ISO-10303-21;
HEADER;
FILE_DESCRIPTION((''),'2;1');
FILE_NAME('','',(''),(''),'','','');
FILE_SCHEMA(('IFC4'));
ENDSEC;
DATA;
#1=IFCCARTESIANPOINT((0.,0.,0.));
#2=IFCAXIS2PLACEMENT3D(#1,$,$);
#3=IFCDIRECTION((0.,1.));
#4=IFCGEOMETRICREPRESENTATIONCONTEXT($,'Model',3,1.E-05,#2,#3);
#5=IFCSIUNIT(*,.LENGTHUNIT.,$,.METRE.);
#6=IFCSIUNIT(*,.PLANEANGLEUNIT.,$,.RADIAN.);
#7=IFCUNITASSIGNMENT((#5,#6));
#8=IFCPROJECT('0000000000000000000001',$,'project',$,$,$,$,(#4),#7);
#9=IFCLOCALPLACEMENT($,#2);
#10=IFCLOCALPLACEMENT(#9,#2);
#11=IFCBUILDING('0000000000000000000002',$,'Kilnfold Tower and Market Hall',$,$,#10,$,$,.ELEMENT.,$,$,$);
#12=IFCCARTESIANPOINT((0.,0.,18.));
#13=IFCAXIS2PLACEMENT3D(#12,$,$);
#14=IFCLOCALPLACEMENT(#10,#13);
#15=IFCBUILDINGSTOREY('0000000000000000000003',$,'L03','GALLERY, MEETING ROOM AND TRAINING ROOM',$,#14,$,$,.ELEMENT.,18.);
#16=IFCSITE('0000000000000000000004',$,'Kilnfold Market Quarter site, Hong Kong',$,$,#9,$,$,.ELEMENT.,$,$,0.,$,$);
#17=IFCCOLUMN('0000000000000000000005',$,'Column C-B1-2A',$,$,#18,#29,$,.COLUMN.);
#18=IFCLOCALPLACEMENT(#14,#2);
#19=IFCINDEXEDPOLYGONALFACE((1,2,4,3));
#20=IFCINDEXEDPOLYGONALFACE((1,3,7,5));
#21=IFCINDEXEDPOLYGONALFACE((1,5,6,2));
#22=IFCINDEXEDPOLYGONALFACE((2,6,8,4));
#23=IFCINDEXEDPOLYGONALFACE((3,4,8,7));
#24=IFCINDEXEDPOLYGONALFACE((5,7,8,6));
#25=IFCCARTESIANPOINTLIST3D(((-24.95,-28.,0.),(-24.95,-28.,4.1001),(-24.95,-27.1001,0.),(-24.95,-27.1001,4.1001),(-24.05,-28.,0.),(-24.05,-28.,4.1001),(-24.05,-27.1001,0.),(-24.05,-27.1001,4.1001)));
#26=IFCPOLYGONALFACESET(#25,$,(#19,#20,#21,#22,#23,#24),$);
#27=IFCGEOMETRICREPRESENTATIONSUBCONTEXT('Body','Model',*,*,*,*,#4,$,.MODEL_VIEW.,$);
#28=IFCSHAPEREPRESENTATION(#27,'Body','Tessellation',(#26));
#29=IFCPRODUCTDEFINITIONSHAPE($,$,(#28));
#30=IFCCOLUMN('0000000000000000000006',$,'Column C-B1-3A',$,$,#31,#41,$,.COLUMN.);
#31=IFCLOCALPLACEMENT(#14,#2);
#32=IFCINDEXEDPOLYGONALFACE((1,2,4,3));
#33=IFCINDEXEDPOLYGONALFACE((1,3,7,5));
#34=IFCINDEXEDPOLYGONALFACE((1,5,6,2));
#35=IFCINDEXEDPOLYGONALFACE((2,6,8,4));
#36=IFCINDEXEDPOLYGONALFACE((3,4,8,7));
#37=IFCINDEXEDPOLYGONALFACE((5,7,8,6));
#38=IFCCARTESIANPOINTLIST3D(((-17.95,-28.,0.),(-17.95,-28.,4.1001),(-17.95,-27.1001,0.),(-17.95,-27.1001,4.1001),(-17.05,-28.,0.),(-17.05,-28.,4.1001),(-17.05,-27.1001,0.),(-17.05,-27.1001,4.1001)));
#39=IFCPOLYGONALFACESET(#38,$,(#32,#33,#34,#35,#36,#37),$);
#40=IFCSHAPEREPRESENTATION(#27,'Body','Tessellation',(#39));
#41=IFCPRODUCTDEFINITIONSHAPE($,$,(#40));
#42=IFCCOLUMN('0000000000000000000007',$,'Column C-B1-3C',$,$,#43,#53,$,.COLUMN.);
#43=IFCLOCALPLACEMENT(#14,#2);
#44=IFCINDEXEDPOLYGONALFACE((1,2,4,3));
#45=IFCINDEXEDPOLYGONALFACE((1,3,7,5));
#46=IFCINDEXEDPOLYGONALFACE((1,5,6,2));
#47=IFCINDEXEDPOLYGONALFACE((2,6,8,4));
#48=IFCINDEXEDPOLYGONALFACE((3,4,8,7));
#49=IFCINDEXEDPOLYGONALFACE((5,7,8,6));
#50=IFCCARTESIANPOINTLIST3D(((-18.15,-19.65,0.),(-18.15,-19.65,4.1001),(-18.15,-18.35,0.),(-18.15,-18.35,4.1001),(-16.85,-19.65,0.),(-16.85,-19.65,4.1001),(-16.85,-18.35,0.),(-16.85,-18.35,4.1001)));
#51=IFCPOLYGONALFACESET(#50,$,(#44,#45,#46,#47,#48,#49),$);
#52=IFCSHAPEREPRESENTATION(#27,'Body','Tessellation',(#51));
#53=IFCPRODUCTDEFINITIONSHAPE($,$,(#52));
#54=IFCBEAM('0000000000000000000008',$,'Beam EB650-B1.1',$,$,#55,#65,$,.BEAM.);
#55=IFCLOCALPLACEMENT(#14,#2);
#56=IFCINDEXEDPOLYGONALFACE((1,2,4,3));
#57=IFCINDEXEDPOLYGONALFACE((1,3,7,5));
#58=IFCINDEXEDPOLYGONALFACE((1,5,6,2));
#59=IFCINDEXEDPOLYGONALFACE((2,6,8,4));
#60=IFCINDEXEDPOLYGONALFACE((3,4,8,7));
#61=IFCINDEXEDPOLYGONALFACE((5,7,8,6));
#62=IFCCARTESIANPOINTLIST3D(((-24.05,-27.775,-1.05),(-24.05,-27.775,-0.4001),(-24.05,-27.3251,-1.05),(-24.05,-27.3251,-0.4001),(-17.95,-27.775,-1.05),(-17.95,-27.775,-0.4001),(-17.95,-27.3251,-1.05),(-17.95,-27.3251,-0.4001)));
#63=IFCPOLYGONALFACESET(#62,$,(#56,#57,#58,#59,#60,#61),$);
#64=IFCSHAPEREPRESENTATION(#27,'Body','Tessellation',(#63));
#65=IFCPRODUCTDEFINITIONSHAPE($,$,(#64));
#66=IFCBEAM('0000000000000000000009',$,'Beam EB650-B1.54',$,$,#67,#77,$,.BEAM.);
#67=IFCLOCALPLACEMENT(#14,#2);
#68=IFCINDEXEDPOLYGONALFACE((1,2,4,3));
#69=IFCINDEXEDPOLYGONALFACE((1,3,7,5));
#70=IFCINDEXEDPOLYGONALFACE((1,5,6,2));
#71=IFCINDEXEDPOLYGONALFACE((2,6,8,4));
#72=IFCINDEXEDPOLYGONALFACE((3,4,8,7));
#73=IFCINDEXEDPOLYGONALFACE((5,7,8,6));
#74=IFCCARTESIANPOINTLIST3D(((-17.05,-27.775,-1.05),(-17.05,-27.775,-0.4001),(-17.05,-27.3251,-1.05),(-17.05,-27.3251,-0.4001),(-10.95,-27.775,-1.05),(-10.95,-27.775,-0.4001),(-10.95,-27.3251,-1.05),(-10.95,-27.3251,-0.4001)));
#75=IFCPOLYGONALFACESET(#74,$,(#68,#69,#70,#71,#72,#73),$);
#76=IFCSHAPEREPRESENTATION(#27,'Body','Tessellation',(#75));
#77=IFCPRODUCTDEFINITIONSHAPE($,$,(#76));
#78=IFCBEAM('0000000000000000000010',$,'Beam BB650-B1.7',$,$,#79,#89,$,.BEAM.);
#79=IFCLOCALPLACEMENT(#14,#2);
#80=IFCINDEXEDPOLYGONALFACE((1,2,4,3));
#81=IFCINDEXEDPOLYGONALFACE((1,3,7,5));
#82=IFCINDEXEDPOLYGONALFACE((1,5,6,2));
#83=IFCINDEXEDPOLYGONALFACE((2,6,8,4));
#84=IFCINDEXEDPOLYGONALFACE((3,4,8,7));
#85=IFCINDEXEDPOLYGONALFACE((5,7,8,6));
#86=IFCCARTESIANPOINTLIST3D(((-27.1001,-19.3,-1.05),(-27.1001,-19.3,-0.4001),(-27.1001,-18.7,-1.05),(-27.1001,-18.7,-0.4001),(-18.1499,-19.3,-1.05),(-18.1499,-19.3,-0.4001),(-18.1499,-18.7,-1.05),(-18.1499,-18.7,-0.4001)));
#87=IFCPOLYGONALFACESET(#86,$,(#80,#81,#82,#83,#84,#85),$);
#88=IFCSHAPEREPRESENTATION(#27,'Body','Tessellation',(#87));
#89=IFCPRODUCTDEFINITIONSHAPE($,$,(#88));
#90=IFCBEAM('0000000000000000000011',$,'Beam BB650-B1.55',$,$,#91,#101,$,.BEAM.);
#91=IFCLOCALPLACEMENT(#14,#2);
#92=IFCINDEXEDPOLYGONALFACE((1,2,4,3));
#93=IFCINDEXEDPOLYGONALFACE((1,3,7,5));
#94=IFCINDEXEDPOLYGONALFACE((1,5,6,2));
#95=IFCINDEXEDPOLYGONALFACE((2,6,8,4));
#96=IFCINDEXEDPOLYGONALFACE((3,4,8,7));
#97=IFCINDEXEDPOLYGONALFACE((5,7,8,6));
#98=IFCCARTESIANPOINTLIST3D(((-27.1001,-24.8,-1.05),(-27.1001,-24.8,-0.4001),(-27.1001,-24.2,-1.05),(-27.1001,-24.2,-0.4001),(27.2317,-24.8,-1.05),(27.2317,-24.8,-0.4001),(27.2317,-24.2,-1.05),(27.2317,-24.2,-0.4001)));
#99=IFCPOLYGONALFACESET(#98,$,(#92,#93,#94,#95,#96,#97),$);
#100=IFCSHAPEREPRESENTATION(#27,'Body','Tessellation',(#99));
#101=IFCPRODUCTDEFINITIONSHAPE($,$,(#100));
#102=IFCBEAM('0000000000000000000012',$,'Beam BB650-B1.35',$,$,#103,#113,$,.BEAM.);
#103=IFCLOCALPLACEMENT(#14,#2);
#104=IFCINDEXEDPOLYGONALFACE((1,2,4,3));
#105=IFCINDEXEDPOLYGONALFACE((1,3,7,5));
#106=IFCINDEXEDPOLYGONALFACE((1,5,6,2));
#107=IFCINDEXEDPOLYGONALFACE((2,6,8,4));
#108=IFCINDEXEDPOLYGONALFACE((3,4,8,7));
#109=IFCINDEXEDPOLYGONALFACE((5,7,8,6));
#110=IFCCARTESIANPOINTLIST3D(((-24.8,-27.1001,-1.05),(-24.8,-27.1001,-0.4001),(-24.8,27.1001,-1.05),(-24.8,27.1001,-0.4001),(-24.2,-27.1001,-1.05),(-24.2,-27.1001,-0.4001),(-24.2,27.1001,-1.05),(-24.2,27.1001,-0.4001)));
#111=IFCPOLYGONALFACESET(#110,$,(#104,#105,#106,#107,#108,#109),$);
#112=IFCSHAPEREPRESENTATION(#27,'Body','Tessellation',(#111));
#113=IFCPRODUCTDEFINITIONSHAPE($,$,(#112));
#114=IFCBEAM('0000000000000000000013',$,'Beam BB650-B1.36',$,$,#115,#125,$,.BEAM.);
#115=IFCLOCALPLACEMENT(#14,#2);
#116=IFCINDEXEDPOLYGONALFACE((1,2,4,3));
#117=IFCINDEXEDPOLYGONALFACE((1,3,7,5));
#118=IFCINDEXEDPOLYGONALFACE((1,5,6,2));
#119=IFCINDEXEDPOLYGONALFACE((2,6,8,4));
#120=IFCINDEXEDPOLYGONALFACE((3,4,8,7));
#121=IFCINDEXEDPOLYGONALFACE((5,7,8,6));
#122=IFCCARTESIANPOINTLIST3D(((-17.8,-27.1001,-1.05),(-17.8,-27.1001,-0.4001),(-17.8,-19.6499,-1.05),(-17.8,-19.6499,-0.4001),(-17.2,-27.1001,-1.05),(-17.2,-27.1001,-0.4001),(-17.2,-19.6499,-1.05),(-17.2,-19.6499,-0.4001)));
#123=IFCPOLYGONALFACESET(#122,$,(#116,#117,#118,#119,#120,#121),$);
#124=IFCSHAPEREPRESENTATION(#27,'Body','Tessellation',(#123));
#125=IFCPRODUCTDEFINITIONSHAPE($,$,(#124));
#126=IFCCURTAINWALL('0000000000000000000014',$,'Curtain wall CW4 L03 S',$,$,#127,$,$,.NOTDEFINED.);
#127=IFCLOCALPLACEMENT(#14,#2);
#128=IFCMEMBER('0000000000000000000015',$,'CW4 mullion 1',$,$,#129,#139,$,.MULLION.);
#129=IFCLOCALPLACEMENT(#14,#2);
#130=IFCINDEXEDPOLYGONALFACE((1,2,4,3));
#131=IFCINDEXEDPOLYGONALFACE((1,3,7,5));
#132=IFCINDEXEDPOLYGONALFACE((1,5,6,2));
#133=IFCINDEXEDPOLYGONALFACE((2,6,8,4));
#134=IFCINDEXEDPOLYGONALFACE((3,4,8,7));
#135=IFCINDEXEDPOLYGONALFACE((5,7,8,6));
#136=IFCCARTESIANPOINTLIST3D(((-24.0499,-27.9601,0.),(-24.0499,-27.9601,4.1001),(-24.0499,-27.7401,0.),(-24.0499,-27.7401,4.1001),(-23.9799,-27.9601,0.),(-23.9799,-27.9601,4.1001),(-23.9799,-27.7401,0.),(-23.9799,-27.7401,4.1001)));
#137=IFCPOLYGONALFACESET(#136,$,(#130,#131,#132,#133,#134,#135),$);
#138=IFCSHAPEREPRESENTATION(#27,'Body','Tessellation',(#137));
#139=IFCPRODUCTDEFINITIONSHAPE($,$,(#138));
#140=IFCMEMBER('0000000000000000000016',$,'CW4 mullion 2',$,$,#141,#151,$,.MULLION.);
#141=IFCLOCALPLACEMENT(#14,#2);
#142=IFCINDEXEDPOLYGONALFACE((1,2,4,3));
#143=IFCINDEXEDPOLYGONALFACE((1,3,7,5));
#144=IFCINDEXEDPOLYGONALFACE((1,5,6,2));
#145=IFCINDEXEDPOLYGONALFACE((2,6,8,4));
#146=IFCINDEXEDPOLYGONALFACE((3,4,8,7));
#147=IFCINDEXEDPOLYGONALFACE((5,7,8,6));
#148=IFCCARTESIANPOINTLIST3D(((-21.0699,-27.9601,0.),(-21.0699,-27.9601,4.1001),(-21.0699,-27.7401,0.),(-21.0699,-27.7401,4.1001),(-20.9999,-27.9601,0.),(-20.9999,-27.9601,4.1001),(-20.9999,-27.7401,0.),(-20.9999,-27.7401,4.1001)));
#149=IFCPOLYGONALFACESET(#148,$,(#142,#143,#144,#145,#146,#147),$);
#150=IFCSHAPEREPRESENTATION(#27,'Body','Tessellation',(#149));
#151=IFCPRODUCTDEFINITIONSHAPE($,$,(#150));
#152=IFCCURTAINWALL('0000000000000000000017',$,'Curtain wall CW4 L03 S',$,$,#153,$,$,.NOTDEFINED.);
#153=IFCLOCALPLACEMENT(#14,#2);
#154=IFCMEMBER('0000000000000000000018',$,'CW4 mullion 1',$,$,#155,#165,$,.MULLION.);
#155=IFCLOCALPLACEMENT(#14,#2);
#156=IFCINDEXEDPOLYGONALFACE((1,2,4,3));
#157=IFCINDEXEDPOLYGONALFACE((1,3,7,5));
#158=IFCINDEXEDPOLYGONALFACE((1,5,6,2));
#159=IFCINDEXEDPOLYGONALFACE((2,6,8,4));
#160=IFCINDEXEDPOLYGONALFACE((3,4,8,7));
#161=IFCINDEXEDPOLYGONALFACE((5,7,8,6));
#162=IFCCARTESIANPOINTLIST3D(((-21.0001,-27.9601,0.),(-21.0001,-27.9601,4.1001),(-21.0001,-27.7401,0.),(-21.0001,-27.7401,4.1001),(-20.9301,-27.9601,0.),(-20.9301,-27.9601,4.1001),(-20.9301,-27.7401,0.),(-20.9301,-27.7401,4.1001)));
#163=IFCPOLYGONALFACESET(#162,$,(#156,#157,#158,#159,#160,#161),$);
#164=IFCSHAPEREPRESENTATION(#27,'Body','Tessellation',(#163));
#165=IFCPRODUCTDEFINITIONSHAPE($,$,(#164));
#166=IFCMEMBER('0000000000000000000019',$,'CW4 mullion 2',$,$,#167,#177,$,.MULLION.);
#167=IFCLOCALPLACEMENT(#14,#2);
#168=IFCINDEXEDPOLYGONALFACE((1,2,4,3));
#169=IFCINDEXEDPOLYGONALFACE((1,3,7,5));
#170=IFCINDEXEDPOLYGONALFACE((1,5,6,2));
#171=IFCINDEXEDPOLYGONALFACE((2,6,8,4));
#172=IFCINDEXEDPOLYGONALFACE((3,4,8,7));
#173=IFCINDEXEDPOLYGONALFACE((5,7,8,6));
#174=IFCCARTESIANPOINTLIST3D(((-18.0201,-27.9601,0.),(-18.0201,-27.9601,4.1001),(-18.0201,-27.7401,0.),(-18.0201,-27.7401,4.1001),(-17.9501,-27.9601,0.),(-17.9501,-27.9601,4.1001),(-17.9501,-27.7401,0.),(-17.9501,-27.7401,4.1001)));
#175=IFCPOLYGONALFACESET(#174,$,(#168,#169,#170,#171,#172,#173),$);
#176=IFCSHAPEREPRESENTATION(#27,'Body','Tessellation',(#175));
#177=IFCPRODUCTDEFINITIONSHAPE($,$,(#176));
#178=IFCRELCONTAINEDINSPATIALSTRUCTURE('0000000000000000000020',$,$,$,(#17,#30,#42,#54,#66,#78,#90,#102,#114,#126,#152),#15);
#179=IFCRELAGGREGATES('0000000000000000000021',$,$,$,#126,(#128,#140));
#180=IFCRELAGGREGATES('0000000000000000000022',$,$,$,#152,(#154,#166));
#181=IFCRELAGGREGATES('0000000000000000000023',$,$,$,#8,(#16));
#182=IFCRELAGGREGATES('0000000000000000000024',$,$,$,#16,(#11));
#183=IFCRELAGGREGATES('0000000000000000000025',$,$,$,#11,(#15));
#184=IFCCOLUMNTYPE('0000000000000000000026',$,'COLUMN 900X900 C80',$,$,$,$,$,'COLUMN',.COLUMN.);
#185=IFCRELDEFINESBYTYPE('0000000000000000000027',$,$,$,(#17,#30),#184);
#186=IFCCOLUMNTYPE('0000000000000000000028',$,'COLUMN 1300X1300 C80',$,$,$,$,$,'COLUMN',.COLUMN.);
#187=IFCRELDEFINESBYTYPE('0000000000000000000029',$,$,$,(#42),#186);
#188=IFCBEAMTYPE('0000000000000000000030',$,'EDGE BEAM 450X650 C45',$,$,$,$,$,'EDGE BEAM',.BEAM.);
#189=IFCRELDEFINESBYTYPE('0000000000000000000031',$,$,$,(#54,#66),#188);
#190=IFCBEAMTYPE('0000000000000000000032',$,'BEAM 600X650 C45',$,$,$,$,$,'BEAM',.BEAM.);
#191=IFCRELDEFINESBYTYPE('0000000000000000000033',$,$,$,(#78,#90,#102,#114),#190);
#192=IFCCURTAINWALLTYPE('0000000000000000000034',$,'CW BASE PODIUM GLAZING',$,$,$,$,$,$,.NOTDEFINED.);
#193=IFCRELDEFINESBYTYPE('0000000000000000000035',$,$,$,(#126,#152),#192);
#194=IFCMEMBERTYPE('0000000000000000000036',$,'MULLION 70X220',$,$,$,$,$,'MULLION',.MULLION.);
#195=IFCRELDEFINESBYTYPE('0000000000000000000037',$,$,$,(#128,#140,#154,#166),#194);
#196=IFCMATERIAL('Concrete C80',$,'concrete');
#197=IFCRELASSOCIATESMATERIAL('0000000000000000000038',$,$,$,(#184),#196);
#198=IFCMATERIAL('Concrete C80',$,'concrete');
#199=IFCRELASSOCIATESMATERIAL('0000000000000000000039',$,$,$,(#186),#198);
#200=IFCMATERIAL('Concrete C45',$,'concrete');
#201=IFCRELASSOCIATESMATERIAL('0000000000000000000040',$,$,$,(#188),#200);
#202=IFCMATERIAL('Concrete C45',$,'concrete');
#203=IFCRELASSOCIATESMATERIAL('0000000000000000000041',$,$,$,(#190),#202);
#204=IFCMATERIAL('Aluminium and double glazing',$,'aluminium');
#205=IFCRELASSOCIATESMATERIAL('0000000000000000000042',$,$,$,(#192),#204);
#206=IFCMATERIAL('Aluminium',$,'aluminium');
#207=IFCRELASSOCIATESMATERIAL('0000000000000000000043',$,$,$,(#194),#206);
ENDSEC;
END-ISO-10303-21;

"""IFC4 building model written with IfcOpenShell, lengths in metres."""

from ifc_helpers import new_model, si_unit, direction, frame, origin, origin_2d, place, context, subcontext, project, spatial, rectangle, extrude, source, transform, mapped, material, material_profile, profile_set, type_object, element, aggregate, save


model = new_model("IFC4")

# Units and contexts
model_context = context("Model", 3, precision=1e-05, world=origin(), true_north=direction((0.0, 1.0)))
body_context = subcontext(model_context, "Body", "Model", "MODEL_VIEW")
ifc_project = project(units=[si_unit("LENGTHUNIT", "METRE"), si_unit("PLANEANGLEUNIT", "RADIAN")], contexts=[model_context])

# Site, building, storey
site_placement = place(None, origin())
site = spatial("IfcSite", under=ifc_project, at=site_placement, Name="Kilnfold Market Quarter site, Hong Kong", CompositionType="ELEMENT", RefElevation=0.0)
building_placement = place(site_placement, origin())
building = spatial("IfcBuilding", under=site, at=building_placement, Name="Kilnfold Tower and Market Hall", CompositionType="ELEMENT")
storey_placement = place(building_placement, frame((0.0, 0.0, 18.0)))
storey = spatial("IfcBuildingStorey", under=building, at=storey_placement, Name="L03", Description="GALLERY, MEETING ROOM AND TRAINING ROOM", CompositionType="ELEMENT", Elevation=18.0)

# Columns
ifc_material_1 = material(Name="Concrete C80", Category="concrete")
ifc_material_profile_1 = material_profile(ifc_material_1, rectangle(XDim=0.8999, YDim=0.8999, at=origin_2d()), Name="RC 900x900")
ifc_profile_set_1 = profile_set([ifc_material_profile_1], Name="Concrete C80")
column_type_1 = type_object("IfcColumnType", Name="COLUMN 900X900 C80", ElementType="COLUMN", PredefinedType="COLUMN", material=ifc_profile_set_1)
shared_shape_1 = source(origin(), body_context, "Body", "SweptSolid", [
    extrude(rectangle(XDim=0.8999, YDim=0.8999, at=origin_2d()), origin(), (0.0, 0.0, 1.0), 4.1001),
])
for number, where, z_axis, x_axis, name in (
    (1, (-24.5, -27.55, 0.0), (0.0, 0.0, 1.0), (1.0, 0.0, 0.0), "Column C-B1-2A"),
    (2, (-17.5, -27.55, 0.0), (0.0, 0.0, 1.0), (1.0, 0.0, 0.0), "Column C-B1-3A"),
):
    element("IfcColumn", number, at=place(storey_placement, frame(where, z_axis=z_axis, x_axis=x_axis)), inside=storey, type_object=column_type_1, Name=name, PredefinedType="COLUMN", context=body_context, shape_type="MappedRepresentation", body=[
        mapped(shared_shape_1, transform((0.0, 0.0, 0.0))),
    ])
ifc_material_2 = material(Name="Concrete C80", Category="concrete")
ifc_material_profile_2 = material_profile(ifc_material_2, rectangle(XDim=1.3, YDim=1.3, at=origin_2d()), Name="RC 1300x1300")
ifc_profile_set_2 = profile_set([ifc_material_profile_2], Name="Concrete C80")
column_type_2 = type_object("IfcColumnType", Name="COLUMN 1300X1300 C80", ElementType="COLUMN", PredefinedType="COLUMN", material=ifc_profile_set_2)
shared_shape_2 = source(origin(), body_context, "Body", "SweptSolid", [
    extrude(rectangle(XDim=1.3, YDim=1.3, at=origin_2d()), origin(), (0.0, 0.0, 1.0), 4.1001),
])
column_placement = place(storey_placement, frame((-17.5, -19.0, 0.0), z_axis=(0.0, 0.0, 1.0), x_axis=(1.0, 0.0, 0.0)))
element("IfcColumn", 3, at=column_placement, inside=storey, type_object=column_type_2, Name="Column C-B1-3C", PredefinedType="COLUMN", context=body_context, shape_type="MappedRepresentation", body=[
    mapped(shared_shape_2, transform((0.0, 0.0, 0.0))),
])

# Beams
ifc_material_3 = material(Name="Concrete C45", Category="concrete")
ifc_material_profile_3 = material_profile(ifc_material_3, rectangle(XDim=0.45, YDim=0.6499, at=origin_2d()), Name="RC 450x650")
ifc_profile_set_3 = profile_set([ifc_material_profile_3], Name="Concrete C45")
beam_type_1 = type_object("IfcBeamType", Name="EDGE BEAM 450X650 C45", ElementType="EDGE BEAM", PredefinedType="BEAM", material=ifc_profile_set_3)
shared_shape_3 = source(origin(), body_context, "Body", "SweptSolid", [
    extrude(rectangle(XDim=0.45, YDim=0.6499, at=origin_2d()), origin(), (0.0, 0.0, 1.0), 6.1001),
])
for number, where, z_axis, x_axis, name in (
    (4, (-24.05, -27.55, -0.7251), (1.0, 0.0, 0.0), (0.0, 1.0, 0.0), "Beam EB650-B1.1"),
    (5, (-17.05, -27.55, -0.7251), (1.0, 0.0, 0.0), (0.0, 1.0, 0.0), "Beam EB650-B1.54"),
):
    element("IfcBeam", number, at=place(storey_placement, frame(where, z_axis=z_axis, x_axis=x_axis)), inside=storey, type_object=beam_type_1, Name=name, PredefinedType="BEAM", context=body_context, shape_type="MappedRepresentation", body=[
        mapped(shared_shape_3, transform((0.0, 0.0, 0.0))),
    ])
ifc_material_4 = material(Name="Concrete C45", Category="concrete")
ifc_material_profile_4 = material_profile(ifc_material_4, rectangle(XDim=0.6001, YDim=0.6499, at=origin_2d()), Name="RC 600x650")
ifc_profile_set_4 = profile_set([ifc_material_profile_4], Name="Concrete C45")
beam_type_2 = type_object("IfcBeamType", Name="BEAM 600X650 C45", ElementType="BEAM", PredefinedType="BEAM", material=ifc_profile_set_4)
shared_shape_4 = source(origin(), body_context, "Body", "SweptSolid", [
    extrude(rectangle(XDim=0.6001, YDim=0.6499, at=origin_2d()), origin(), (0.0, 0.0, 1.0), 8.9502),
])
beam_1_placement = place(storey_placement, frame((-27.1001, -19.0, -0.7251), z_axis=(1.0, 0.0, 0.0), x_axis=(0.0, 1.0, 0.0)))
element("IfcBeam", 6, at=beam_1_placement, inside=storey, type_object=beam_type_2, Name="Beam BB650-B1.7", PredefinedType="BEAM", context=body_context, shape_type="MappedRepresentation", body=[
    mapped(shared_shape_4, transform((0.0, 0.0, 0.0))),
])
shared_shape_5 = source(origin(), body_context, "Body", "SweptSolid", [
    extrude(rectangle(XDim=0.6001, YDim=0.6499, at=origin_2d()), origin(), (0.0, 0.0, 1.0), 54.3318),
])
beam_2_placement = place(storey_placement, frame((-27.1001, -24.5, -0.7251), z_axis=(1.0, 0.0, 0.0), x_axis=(0.0, 1.0, 0.0)))
element("IfcBeam", 7, at=beam_2_placement, inside=storey, type_object=beam_type_2, Name="Beam BB650-B1.55", PredefinedType="BEAM", context=body_context, shape_type="MappedRepresentation", body=[
    mapped(shared_shape_5, transform((0.0, 0.0, 0.0))),
])
shared_shape_6 = source(origin(), body_context, "Body", "SweptSolid", [
    extrude(rectangle(XDim=0.6001, YDim=0.6499, at=origin_2d()), origin(), (0.0, 0.0, 1.0), 54.2002),
])
beam_3_placement = place(storey_placement, frame((-24.5, -27.1001, -0.7251), z_axis=(0.0, 1.0, 0.0), x_axis=(-1.0, 0.0, 0.0)))
element("IfcBeam", 8, at=beam_3_placement, inside=storey, type_object=beam_type_2, Name="Beam BB650-B1.35", PredefinedType="BEAM", context=body_context, shape_type="MappedRepresentation", body=[
    mapped(shared_shape_6, transform((0.0, 0.0, 0.0))),
])
shared_shape_7 = source(origin(), body_context, "Body", "SweptSolid", [
    extrude(rectangle(XDim=0.6001, YDim=0.6499, at=origin_2d()), origin(), (0.0, 0.0, 1.0), 7.4502),
])
beam_4_placement = place(storey_placement, frame((-17.5, -27.1001, -0.7251), z_axis=(0.0, 1.0, 0.0), x_axis=(-1.0, 0.0, 0.0)))
element("IfcBeam", 9, at=beam_4_placement, inside=storey, type_object=beam_type_2, Name="Beam BB650-B1.36", PredefinedType="BEAM", context=body_context, shape_type="MappedRepresentation", body=[
    mapped(shared_shape_7, transform((0.0, 0.0, 0.0))),
])

# Curtain walls, members
ifc_material_5 = material(Name="Aluminium and double glazing", Category="aluminium")
curtain_wall_type = type_object("IfcCurtainWallType", Name="CW BASE PODIUM GLAZING", PredefinedType="NOTDEFINED", material=ifc_material_5)
curtain_wall_1_placement = place(storey_placement, origin())
curtain_wall_1 = element("IfcCurtainWall", 10, at=curtain_wall_1_placement, inside=storey, type_object=curtain_wall_type, Name="Curtain wall CW4 L03 S", PredefinedType="NOTDEFINED")
ifc_material_6 = material(Name="Aluminium", Category="aluminium")
ifc_material_profile_5 = material_profile(ifc_material_6, rectangle(XDim=0.0701, YDim=0.22, at=origin_2d()), Name="MULLION 70x220")
ifc_profile_set_5 = profile_set([ifc_material_profile_5], Name="Aluminium")
member_type_1 = type_object("IfcMemberType", Name="MULLION 70X220", ElementType="MULLION", PredefinedType="MULLION", material=ifc_profile_set_5)
shared_shape_8 = source(origin(), body_context, "Body", "SweptSolid", [
    extrude(rectangle(XDim=0.0701, YDim=0.22, at=origin_2d()), origin(), (0.0, 0.0, 1.0), 4.1001),
])
member_1_placement = place(storey_placement, frame((-24.0149, -27.8501, 0.0), z_axis=(0.0, 0.0, 1.0), x_axis=(1.0, 0.0, 0.0)))
member_1 = element("IfcMember", 11, at=member_1_placement, type_object=member_type_1, Name="CW4 mullion 1", PredefinedType="MULLION", context=body_context, shape_type="MappedRepresentation", body=[
    mapped(shared_shape_8, transform((0.0, 0.0, 0.0))),
])
member_2_placement = place(storey_placement, frame((-21.0349, -27.8501, 0.0), z_axis=(0.0, 0.0, 1.0), x_axis=(1.0, 0.0, 0.0)))
member_2 = element("IfcMember", 12, at=member_2_placement, type_object=member_type_1, Name="CW4 mullion 2", PredefinedType="MULLION", context=body_context, shape_type="MappedRepresentation", body=[
    mapped(shared_shape_8, transform((0.0, 0.0, 0.0))),
])
curtain_wall_2_placement = place(storey_placement, origin())
curtain_wall_2 = element("IfcCurtainWall", 13, at=curtain_wall_2_placement, inside=storey, type_object=curtain_wall_type, Name="Curtain wall CW4 L03 S", PredefinedType="NOTDEFINED")
member_3_placement = place(storey_placement, frame((-20.9651, -27.8501, 0.0), z_axis=(0.0, 0.0, 1.0), x_axis=(1.0, 0.0, 0.0)))
member_3 = element("IfcMember", 14, at=member_3_placement, type_object=member_type_1, Name="CW4 mullion 1", PredefinedType="MULLION", context=body_context, shape_type="MappedRepresentation", body=[
    mapped(shared_shape_8, transform((0.0, 0.0, 0.0))),
])
member_4_placement = place(storey_placement, frame((-17.9851, -27.8501, 0.0), z_axis=(0.0, 0.0, 1.0), x_axis=(1.0, 0.0, 0.0)))
member_4 = element("IfcMember", 15, at=member_4_placement, type_object=member_type_1, Name="CW4 mullion 2", PredefinedType="MULLION", context=body_context, shape_type="MappedRepresentation", body=[
    mapped(shared_shape_8, transform((0.0, 0.0, 0.0))),
])

aggregate(curtain_wall_1, [member_1, member_2])
aggregate(curtain_wall_2, [member_3, member_4])

save(model, "model.ifc")
